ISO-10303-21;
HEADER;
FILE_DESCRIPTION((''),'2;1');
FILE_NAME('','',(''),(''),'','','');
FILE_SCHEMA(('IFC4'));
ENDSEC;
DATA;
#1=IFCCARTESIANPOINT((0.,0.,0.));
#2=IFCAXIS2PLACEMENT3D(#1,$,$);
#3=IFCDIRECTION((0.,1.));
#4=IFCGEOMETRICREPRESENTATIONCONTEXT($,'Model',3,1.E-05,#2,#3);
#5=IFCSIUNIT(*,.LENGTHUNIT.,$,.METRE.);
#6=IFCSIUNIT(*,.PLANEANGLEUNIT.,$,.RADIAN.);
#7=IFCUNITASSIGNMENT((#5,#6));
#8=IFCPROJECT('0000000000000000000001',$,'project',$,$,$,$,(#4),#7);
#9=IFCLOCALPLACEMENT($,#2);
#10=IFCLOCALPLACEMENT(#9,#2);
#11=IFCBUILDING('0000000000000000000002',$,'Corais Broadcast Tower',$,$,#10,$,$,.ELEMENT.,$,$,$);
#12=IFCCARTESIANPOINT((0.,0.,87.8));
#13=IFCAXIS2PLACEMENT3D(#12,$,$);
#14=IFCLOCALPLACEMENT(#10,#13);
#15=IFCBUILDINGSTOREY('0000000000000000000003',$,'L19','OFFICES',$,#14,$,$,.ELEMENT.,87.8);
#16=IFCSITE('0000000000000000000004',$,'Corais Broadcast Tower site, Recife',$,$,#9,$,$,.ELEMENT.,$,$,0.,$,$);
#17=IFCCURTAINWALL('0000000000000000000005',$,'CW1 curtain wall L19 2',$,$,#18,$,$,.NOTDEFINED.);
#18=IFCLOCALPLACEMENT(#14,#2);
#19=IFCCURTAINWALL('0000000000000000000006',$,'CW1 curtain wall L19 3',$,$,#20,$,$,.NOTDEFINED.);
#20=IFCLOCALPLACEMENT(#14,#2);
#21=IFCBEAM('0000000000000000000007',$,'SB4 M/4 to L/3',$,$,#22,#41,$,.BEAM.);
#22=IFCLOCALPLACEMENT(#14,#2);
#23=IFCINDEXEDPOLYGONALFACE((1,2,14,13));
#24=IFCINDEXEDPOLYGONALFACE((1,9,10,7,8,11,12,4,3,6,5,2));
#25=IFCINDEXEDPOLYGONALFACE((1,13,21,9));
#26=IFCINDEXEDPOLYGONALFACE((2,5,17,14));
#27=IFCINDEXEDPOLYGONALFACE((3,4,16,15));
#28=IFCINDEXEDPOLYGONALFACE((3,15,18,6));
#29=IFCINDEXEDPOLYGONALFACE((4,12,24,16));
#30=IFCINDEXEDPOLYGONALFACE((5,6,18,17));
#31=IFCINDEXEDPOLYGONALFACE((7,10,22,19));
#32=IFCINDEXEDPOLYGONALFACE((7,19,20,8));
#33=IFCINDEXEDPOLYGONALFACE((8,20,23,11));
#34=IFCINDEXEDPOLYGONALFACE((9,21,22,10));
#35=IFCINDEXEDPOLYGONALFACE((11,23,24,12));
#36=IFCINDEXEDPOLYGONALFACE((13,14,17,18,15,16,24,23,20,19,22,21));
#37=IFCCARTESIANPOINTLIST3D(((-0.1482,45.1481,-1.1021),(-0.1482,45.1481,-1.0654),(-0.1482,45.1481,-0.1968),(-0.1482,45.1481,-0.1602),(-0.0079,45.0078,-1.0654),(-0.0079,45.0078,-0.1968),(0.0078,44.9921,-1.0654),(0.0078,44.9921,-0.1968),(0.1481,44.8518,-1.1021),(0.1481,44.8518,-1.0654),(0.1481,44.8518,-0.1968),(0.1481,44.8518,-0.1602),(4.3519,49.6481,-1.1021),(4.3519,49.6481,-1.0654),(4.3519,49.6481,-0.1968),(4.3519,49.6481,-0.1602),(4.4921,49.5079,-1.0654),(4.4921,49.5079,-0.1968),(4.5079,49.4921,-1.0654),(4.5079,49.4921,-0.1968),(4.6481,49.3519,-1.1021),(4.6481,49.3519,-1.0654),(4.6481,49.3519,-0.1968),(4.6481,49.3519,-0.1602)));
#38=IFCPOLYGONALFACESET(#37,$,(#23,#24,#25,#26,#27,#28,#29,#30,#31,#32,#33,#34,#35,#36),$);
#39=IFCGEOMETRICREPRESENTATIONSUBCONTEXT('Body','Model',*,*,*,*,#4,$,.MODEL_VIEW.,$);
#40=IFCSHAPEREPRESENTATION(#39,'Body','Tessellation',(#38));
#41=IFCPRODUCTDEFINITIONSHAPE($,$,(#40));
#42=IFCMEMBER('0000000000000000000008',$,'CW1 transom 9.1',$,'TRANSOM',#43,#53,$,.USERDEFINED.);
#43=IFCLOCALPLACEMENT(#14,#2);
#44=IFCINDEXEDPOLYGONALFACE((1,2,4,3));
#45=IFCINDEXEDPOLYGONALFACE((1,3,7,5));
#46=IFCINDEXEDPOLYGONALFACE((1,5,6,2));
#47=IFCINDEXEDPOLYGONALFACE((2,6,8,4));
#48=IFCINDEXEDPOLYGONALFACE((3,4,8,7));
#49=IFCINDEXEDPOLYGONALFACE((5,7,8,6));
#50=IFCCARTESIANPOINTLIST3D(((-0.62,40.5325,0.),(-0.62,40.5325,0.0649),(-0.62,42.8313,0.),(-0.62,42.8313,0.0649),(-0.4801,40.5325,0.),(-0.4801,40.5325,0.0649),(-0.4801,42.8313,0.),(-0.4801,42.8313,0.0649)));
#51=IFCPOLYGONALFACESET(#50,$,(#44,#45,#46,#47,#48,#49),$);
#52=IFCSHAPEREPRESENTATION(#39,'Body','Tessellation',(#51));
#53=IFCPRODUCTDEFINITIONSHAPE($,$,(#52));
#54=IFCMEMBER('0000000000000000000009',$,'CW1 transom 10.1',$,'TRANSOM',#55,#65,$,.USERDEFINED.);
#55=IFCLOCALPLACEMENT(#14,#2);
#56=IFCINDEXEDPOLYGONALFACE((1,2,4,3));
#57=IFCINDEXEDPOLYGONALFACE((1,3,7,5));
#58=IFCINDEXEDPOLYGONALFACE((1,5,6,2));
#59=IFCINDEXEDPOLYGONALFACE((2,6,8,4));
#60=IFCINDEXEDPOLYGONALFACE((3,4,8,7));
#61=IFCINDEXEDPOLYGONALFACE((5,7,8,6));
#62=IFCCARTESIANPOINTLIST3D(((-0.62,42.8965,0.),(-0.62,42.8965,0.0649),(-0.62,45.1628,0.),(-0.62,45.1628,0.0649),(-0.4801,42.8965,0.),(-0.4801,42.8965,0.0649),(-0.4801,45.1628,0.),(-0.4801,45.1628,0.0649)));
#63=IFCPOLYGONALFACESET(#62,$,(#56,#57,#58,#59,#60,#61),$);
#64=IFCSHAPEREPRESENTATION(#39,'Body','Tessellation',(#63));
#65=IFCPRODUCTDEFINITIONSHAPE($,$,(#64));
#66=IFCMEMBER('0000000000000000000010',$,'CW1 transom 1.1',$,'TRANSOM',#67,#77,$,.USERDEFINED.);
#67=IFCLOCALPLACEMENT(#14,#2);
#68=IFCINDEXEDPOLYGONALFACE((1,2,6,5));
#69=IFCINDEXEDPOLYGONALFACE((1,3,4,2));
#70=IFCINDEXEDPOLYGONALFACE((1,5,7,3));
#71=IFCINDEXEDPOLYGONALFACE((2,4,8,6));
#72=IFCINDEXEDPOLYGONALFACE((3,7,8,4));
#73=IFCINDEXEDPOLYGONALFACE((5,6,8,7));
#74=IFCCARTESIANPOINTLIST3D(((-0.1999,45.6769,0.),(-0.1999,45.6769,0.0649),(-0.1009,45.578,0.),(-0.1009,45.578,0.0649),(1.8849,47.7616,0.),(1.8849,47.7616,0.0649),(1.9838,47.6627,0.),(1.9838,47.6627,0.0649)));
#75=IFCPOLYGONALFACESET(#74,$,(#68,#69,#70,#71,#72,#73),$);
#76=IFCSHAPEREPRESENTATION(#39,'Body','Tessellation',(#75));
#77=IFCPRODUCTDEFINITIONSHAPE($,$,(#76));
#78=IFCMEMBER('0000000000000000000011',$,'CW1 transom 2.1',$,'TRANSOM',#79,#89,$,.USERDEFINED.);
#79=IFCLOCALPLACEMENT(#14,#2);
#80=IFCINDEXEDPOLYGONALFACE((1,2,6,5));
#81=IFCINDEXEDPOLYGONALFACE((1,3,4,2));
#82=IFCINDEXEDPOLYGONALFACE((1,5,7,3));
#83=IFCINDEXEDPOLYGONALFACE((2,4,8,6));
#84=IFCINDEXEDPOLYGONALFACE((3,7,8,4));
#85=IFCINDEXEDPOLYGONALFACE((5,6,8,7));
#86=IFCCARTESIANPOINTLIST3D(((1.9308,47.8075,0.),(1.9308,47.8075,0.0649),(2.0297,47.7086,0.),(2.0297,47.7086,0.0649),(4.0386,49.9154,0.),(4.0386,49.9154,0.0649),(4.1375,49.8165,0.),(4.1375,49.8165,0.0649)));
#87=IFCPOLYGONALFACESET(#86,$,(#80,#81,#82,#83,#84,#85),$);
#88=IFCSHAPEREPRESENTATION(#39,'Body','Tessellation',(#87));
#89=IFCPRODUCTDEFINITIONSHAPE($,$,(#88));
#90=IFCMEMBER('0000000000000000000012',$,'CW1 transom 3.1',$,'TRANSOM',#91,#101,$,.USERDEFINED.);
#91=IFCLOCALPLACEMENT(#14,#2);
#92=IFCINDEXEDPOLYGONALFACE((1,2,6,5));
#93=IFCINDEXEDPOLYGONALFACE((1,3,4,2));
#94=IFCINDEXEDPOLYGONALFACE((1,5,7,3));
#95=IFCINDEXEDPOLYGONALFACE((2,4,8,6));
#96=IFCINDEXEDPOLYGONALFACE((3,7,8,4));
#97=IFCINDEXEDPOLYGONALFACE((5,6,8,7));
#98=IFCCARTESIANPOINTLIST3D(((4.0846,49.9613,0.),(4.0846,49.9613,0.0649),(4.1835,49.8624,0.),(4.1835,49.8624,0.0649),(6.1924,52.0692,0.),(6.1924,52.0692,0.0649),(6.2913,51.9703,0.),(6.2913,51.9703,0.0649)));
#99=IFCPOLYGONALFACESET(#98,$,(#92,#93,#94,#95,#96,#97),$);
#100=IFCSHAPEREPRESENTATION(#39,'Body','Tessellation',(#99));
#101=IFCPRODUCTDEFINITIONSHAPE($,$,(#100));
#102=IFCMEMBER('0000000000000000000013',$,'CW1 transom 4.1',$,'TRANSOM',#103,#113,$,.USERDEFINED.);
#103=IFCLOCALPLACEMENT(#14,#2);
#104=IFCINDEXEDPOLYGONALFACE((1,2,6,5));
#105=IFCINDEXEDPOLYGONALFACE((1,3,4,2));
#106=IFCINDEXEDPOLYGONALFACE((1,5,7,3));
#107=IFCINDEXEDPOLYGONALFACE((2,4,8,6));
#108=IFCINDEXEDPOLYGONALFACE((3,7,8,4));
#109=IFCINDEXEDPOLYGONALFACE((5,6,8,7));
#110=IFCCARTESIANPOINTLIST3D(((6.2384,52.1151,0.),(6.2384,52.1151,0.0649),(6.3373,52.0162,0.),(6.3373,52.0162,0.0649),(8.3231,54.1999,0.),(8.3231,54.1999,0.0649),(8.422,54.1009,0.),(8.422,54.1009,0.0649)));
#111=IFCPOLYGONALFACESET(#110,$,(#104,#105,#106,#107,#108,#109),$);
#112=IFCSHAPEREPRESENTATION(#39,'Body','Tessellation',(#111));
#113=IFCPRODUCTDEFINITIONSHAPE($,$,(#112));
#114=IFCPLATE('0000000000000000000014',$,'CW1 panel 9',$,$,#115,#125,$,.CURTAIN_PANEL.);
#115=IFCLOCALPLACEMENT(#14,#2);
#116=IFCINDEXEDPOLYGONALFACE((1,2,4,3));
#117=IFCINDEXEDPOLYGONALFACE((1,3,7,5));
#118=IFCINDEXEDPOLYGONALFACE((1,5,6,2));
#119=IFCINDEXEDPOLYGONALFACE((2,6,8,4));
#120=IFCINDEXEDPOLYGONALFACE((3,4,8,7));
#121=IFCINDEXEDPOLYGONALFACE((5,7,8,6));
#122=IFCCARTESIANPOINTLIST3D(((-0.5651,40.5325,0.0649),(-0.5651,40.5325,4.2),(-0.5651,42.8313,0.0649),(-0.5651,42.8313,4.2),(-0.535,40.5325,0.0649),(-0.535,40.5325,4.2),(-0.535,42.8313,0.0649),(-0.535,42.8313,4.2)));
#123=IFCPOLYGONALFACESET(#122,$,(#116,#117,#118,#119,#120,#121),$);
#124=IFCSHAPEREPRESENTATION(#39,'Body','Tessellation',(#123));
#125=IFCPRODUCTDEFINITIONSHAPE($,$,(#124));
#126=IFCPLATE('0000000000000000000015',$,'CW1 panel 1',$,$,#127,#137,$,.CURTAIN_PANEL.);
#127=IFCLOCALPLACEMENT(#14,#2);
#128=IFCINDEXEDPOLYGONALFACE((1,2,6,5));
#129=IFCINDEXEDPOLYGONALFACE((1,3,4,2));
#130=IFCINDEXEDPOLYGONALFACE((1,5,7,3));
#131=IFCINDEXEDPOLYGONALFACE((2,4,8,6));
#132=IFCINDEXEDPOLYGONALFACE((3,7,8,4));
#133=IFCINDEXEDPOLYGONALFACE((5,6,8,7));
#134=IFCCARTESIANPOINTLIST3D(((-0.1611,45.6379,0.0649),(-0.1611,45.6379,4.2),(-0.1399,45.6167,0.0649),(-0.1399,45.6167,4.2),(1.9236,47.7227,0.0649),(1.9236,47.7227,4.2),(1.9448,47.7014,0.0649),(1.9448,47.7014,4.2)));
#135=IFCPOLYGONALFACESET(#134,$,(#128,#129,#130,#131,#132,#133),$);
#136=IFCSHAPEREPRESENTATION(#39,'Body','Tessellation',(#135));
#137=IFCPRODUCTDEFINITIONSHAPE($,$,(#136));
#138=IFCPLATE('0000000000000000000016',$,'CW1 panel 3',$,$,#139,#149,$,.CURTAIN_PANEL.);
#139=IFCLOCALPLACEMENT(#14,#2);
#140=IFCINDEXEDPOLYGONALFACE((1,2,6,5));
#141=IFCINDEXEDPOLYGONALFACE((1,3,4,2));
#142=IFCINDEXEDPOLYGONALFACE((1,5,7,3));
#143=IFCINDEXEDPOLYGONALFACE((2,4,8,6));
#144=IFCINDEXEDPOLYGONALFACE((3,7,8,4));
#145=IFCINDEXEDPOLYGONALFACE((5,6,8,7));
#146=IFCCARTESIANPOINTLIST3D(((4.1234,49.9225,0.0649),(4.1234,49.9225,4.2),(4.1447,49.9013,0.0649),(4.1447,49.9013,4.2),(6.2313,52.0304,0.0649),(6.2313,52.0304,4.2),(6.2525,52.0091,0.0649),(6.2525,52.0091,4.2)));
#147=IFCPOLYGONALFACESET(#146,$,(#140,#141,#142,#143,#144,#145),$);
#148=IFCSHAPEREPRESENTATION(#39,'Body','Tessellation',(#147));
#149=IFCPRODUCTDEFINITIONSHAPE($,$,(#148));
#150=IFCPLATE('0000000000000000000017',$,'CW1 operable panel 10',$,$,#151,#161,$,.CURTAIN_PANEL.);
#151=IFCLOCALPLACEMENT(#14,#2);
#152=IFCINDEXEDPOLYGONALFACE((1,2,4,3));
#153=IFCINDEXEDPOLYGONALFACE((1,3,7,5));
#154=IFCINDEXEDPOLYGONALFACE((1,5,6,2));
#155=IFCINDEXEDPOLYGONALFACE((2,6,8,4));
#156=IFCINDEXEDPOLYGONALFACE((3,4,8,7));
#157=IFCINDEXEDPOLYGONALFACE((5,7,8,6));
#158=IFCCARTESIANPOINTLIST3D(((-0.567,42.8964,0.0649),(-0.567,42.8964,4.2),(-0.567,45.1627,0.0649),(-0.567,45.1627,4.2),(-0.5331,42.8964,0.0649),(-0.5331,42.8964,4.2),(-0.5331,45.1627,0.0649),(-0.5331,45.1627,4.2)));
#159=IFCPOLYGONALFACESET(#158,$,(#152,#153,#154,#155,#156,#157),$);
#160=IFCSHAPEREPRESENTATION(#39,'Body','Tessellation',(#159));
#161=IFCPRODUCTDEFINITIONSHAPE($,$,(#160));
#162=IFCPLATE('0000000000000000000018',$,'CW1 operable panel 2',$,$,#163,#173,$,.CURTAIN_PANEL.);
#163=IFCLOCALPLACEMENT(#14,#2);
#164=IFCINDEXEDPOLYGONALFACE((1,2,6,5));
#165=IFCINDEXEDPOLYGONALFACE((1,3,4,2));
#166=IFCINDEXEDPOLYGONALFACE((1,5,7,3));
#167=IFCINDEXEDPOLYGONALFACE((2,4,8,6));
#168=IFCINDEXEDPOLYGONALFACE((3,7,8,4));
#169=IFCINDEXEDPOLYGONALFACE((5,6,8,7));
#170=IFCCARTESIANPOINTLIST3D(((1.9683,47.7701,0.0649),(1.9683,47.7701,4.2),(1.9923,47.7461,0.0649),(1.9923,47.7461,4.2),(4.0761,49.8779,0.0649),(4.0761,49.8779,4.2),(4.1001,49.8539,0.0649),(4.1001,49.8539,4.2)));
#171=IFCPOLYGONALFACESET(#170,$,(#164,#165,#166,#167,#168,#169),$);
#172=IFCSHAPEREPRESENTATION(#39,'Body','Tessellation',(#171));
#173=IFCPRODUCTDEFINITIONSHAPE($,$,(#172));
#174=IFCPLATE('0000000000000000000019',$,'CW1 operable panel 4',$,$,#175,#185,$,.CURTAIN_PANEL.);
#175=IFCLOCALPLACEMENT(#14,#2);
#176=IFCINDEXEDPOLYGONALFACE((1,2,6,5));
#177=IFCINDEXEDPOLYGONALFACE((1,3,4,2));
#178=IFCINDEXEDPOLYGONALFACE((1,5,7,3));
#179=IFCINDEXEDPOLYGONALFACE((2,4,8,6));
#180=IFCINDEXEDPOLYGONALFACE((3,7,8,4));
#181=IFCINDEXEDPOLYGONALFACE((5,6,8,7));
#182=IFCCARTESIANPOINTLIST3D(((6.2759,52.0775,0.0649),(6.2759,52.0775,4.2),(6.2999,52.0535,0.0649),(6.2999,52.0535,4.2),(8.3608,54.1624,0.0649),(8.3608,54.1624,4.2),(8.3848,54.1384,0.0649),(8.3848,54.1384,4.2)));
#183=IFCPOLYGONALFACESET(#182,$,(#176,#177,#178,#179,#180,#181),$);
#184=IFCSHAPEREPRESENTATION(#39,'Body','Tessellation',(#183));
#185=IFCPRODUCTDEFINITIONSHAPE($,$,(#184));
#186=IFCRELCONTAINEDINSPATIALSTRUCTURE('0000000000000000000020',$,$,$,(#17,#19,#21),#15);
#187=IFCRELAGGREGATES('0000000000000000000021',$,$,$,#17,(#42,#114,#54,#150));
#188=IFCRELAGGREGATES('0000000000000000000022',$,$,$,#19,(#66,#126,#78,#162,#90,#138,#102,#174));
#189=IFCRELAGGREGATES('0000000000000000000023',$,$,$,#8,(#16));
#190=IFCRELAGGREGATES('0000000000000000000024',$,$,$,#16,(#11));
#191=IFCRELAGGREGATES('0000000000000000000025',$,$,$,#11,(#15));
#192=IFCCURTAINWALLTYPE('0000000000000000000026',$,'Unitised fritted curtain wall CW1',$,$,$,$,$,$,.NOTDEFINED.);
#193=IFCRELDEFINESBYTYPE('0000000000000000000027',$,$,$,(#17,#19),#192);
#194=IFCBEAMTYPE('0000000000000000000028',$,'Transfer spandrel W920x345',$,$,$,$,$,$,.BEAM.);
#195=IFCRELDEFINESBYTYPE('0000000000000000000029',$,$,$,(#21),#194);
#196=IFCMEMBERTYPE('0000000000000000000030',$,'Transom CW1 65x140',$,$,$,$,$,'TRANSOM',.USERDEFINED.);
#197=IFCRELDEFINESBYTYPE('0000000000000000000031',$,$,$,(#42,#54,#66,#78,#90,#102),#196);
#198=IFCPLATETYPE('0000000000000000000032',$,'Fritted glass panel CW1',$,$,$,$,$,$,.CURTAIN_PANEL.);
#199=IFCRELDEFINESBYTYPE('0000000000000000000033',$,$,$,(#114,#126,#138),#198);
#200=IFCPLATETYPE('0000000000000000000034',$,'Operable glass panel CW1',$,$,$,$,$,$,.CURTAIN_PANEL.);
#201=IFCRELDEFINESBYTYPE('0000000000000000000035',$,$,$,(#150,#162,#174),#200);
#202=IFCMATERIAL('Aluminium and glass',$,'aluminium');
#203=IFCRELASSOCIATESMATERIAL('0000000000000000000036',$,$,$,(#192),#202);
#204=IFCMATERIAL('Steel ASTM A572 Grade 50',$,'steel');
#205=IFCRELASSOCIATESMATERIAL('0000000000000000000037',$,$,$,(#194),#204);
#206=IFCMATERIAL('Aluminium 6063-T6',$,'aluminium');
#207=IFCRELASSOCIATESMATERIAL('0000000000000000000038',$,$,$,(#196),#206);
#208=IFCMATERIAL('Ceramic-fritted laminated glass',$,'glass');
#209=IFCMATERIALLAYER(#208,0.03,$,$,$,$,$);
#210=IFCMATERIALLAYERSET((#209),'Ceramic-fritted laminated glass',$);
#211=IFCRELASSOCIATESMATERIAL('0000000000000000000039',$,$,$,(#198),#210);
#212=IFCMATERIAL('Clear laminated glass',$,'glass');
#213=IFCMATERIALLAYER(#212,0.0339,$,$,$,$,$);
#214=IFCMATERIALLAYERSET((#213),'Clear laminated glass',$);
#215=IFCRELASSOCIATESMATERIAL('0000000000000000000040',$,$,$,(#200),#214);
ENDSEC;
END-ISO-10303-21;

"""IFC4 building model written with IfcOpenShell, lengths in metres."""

from ifc_helpers import new_model, si_unit, direction, frame, origin, origin_2d, place, context, subcontext, project, spatial, rectangle, i_section, extrude, material, layer, layer_set, material_profile, profile_set, type_object, element, aggregate, save


model = new_model("IFC4")

# Units and contexts
model_context = context("Model", 3, precision=1e-05, world=origin(), true_north=direction((0.0, 1.0)))
body_context = subcontext(model_context, "Body", "Model", "MODEL_VIEW")
ifc_project = project(units=[si_unit("LENGTHUNIT", "METRE"), si_unit("PLANEANGLEUNIT", "RADIAN")], contexts=[model_context])

# Site, building, storey
site_placement = place(None, origin())
site = spatial("IfcSite", under=ifc_project, at=site_placement, Name="Corais Broadcast Tower site, Recife", CompositionType="ELEMENT", RefElevation=0.0)
building_placement = place(site_placement, origin())
building = spatial("IfcBuilding", under=site, at=building_placement, Name="Corais Broadcast Tower", CompositionType="ELEMENT")
storey_placement = place(building_placement, frame((0.0, 0.0, 87.8)))
storey = spatial("IfcBuildingStorey", under=building, at=storey_placement, Name="L19", Description="OFFICES", CompositionType="ELEMENT", Elevation=87.8)

# Curtain walls
ifc_material_1 = material(Name="Aluminium and glass", Category="aluminium")
curtain_wall_type = type_object("IfcCurtainWallType", Name="Unitised fritted curtain wall CW1", PredefinedType="NOTDEFINED", material=ifc_material_1)
curtain_wall_1_placement = place(storey_placement, origin())
curtain_wall_1 = element("IfcCurtainWall", 1, at=curtain_wall_1_placement, inside=storey, type_object=curtain_wall_type, Name="CW1 curtain wall L19 2", PredefinedType="NOTDEFINED")
curtain_wall_2_placement = place(storey_placement, origin())
curtain_wall_2 = element("IfcCurtainWall", 2, at=curtain_wall_2_placement, inside=storey, type_object=curtain_wall_type, Name="CW1 curtain wall L19 3", PredefinedType="NOTDEFINED")

# Beam
ifc_material_2 = material(Name="Steel ASTM A572 Grade 50", Category="steel")
ifc_material_profile_1 = material_profile(ifc_material_2, i_section(OverallWidth=0.4189, OverallDepth=0.9419, WebThickness=0.0222, FlangeThickness=0.0366, at=origin_2d()), Name="W920x345")
ifc_profile_set_1 = profile_set([ifc_material_profile_1], Name="Steel ASTM A572 Grade 50")
beam_type_1 = type_object("IfcBeamType", Name="Transfer spandrel W920x345", PredefinedType="BEAM", material=ifc_profile_set_1)
beam_1_placement = place(storey_placement, frame((4.5, 49.5, -0.6311), z_axis=(-0.707107, -0.707107, 0.0), x_axis=(0.707107, -0.707107, 0.0)))
element("IfcBeam", 3, at=beam_1_placement, inside=storey, type_object=beam_type_1, Name="SB4 M/4 to L/3", PredefinedType="BEAM", context=body_context, shape_type="SweptSolid", body=[
    extrude(i_section(OverallWidth=0.4189, OverallDepth=0.9419, WebThickness=0.0222, FlangeThickness=0.0366, at=origin_2d()), origin(), (0.0, 0.0, 1.0), 6.364),
])

# Members
ifc_material_3 = material(Name="Aluminium 6063-T6", Category="aluminium")
ifc_material_profile_2 = material_profile(ifc_material_3, rectangle(XDim=0.1399, YDim=0.0649, at=origin_2d()), Name="Transom CW1 65x140")
ifc_profile_set_2 = profile_set([ifc_material_profile_2], Name="Aluminium 6063-T6")
member_type_1 = type_object("IfcMemberType", Name="Transom CW1 65x140", ElementType="TRANSOM", PredefinedType="USERDEFINED", material=ifc_profile_set_2)
member_1_placement = place(storey_placement, frame((-0.55, 40.5325, 0.0325), z_axis=(0.0, 1.0, 0.0), x_axis=(-1.0, 0.0, 0.0)))
member_1 = element("IfcMember", 4, at=member_1_placement, type_object=member_type_1, Name="CW1 transom 9.1", ObjectType="TRANSOM", PredefinedType="USERDEFINED", context=body_context, shape_type="SweptSolid", body=[
    extrude(rectangle(XDim=0.1399, YDim=0.0649, at=origin_2d()), origin(), (0.0, 0.0, 1.0), 2.2988),
])
member_2_placement = place(storey_placement, frame((-0.55, 42.8965, 0.0325), z_axis=(0.0, 1.0, 0.0), x_axis=(-1.0, 0.0, 0.0)))
member_2 = element("IfcMember", 5, at=member_2_placement, type_object=member_type_1, Name="CW1 transom 10.1", ObjectType="TRANSOM", PredefinedType="USERDEFINED", context=body_context, shape_type="SweptSolid", body=[
    extrude(rectangle(XDim=0.1399, YDim=0.0649, at=origin_2d()), origin(), (0.0, 0.0, 1.0), 2.2664),
])
member_3_placement = place(storey_placement, frame((-0.1504, 45.6274, 0.0325), z_axis=(0.707107, 0.707107, 0.0), x_axis=(-0.707107, 0.707107, 0.0)))
member_3 = element("IfcMember", 6, at=member_3_placement, type_object=member_type_1, Name="CW1 transom 1.1", ObjectType="TRANSOM", PredefinedType="USERDEFINED", context=body_context, shape_type="SweptSolid", body=[
    extrude(rectangle(XDim=0.1399, YDim=0.0649, at=origin_2d()), origin(), (0.0, 0.0, 1.0), 2.9482),
])
member_4_placement = place(storey_placement, frame((1.9802, 47.7581, 0.0325), z_axis=(0.707107, 0.707107, 0.0), x_axis=(-0.707107, 0.707107, 0.0)))
member_4 = element("IfcMember", 7, at=member_4_placement, type_object=member_type_1, Name="CW1 transom 2.1", ObjectType="TRANSOM", PredefinedType="USERDEFINED", context=body_context, shape_type="SweptSolid", body=[
    extrude(rectangle(XDim=0.1399, YDim=0.0649, at=origin_2d()), origin(), (0.0, 0.0, 1.0), 2.981),
])
member_5_placement = place(storey_placement, frame((4.134, 49.9119, 0.0325), z_axis=(0.707107, 0.707107, 0.0), x_axis=(-0.707107, 0.707107, 0.0)))
member_5 = element("IfcMember", 8, at=member_5_placement, type_object=member_type_1, Name="CW1 transom 3.1", ObjectType="TRANSOM", PredefinedType="USERDEFINED", context=body_context, shape_type="SweptSolid", body=[
    extrude(rectangle(XDim=0.1399, YDim=0.0649, at=origin_2d()), origin(), (0.0, 0.0, 1.0), 2.981),
])
member_6_placement = place(storey_placement, frame((6.2878, 52.0657, 0.0325), z_axis=(0.707107, 0.707107, 0.0), x_axis=(-0.707107, 0.707107, 0.0)))
member_6 = element("IfcMember", 9, at=member_6_placement, type_object=member_type_1, Name="CW1 transom 4.1", ObjectType="TRANSOM", PredefinedType="USERDEFINED", context=body_context, shape_type="SweptSolid", body=[
    extrude(rectangle(XDim=0.1399, YDim=0.0649, at=origin_2d()), origin(), (0.0, 0.0, 1.0), 2.9482),
])

# Plates
ifc_material_4 = material(Name="Ceramic-fritted laminated glass", Category="glass")
ifc_layer_1 = layer(ifc_material_4, 0.03)
ifc_layer_set_1 = layer_set([ifc_layer_1], Name="Ceramic-fritted laminated glass")
plate_type_1 = type_object("IfcPlateType", Name="Fritted glass panel CW1", PredefinedType="CURTAIN_PANEL", material=ifc_layer_set_1)
plate_1_placement = place(storey_placement, frame((-0.55, 41.6819, 0.0649), z_axis=(0.0, 0.0, 1.0), x_axis=(0.0, 1.0, 0.0)))
plate_1 = element("IfcPlate", 10, at=plate_1_placement, type_object=plate_type_1, Name="CW1 panel 9", PredefinedType="CURTAIN_PANEL", context=body_context, shape_type="SweptSolid", body=[
    extrude(rectangle(XDim=2.2988, YDim=0.03, at=origin_2d()), origin(), (0.0, 0.0, 1.0), 4.135),
])
plate_2_placement = place(storey_placement, frame((0.8918, 46.6697, 0.0649), z_axis=(0.0, 0.0, 1.0), x_axis=(0.707107, 0.707107, 0.0)))
plate_2 = element("IfcPlate", 11, at=plate_2_placement, type_object=plate_type_1, Name="CW1 panel 1", PredefinedType="CURTAIN_PANEL", context=body_context, shape_type="SweptSolid", body=[
    extrude(rectangle(XDim=2.9482, YDim=0.03, at=origin_2d()), origin(), (0.0, 0.0, 1.0), 4.135),
])
plate_3_placement = place(storey_placement, frame((5.188, 50.9658, 0.0649), z_axis=(0.0, 0.0, 1.0), x_axis=(0.707107, 0.707107, 0.0)))
plate_3 = element("IfcPlate", 12, at=plate_3_placement, type_object=plate_type_1, Name="CW1 panel 3", PredefinedType="CURTAIN_PANEL", context=body_context, shape_type="SweptSolid", body=[
    extrude(rectangle(XDim=2.981, YDim=0.03, at=origin_2d()), origin(), (0.0, 0.0, 1.0), 4.135),
])
ifc_material_5 = material(Name="Clear laminated glass", Category="glass")
ifc_layer_2 = layer(ifc_material_5, 0.0339)
ifc_layer_set_2 = layer_set([ifc_layer_2], Name="Clear laminated glass")
plate_type_2 = type_object("IfcPlateType", Name="Operable glass panel CW1", PredefinedType="CURTAIN_PANEL", material=ifc_layer_set_2)
plate_4_placement = place(storey_placement, frame((-0.55, 44.0295, 0.0649), z_axis=(0.0, 0.0, 1.0), x_axis=(0.0, 1.0, 0.0)))
plate_4 = element("IfcPlate", 13, at=plate_4_placement, type_object=plate_type_2, Name="CW1 operable panel 10", PredefinedType="CURTAIN_PANEL", context=body_context, shape_type="SweptSolid", body=[
    extrude(rectangle(XDim=2.2664, YDim=0.0339, at=origin_2d()), origin(), (0.0, 0.0, 1.0), 4.135),
])
aggregate(curtain_wall_1, [member_1, plate_1, member_2, plate_4])
plate_5_placement = place(storey_placement, frame((3.0342, 48.812, 0.0649), z_axis=(0.0, 0.0, 1.0), x_axis=(0.707107, 0.707107, 0.0)))
plate_5 = element("IfcPlate", 14, at=plate_5_placement, type_object=plate_type_2, Name="CW1 operable panel 2", PredefinedType="CURTAIN_PANEL", context=body_context, shape_type="SweptSolid", body=[
    extrude(rectangle(XDim=2.981, YDim=0.0339, at=origin_2d()), origin(), (0.0, 0.0, 1.0), 4.135),
])
plate_6_placement = place(storey_placement, frame((7.3303, 53.1079, 0.0649), z_axis=(0.0, 0.0, 1.0), x_axis=(0.707107, 0.707107, 0.0)))
plate_6 = element("IfcPlate", 15, at=plate_6_placement, type_object=plate_type_2, Name="CW1 operable panel 4", PredefinedType="CURTAIN_PANEL", context=body_context, shape_type="SweptSolid", body=[
    extrude(rectangle(XDim=2.9485, YDim=0.0339, at=origin_2d()), origin(), (0.0, 0.0, 1.0), 4.135),
])
aggregate(curtain_wall_2, [member_3, plate_2, member_4, plate_5, member_5, plate_3, member_6, plate_6])

save(model, "model.ifc")
